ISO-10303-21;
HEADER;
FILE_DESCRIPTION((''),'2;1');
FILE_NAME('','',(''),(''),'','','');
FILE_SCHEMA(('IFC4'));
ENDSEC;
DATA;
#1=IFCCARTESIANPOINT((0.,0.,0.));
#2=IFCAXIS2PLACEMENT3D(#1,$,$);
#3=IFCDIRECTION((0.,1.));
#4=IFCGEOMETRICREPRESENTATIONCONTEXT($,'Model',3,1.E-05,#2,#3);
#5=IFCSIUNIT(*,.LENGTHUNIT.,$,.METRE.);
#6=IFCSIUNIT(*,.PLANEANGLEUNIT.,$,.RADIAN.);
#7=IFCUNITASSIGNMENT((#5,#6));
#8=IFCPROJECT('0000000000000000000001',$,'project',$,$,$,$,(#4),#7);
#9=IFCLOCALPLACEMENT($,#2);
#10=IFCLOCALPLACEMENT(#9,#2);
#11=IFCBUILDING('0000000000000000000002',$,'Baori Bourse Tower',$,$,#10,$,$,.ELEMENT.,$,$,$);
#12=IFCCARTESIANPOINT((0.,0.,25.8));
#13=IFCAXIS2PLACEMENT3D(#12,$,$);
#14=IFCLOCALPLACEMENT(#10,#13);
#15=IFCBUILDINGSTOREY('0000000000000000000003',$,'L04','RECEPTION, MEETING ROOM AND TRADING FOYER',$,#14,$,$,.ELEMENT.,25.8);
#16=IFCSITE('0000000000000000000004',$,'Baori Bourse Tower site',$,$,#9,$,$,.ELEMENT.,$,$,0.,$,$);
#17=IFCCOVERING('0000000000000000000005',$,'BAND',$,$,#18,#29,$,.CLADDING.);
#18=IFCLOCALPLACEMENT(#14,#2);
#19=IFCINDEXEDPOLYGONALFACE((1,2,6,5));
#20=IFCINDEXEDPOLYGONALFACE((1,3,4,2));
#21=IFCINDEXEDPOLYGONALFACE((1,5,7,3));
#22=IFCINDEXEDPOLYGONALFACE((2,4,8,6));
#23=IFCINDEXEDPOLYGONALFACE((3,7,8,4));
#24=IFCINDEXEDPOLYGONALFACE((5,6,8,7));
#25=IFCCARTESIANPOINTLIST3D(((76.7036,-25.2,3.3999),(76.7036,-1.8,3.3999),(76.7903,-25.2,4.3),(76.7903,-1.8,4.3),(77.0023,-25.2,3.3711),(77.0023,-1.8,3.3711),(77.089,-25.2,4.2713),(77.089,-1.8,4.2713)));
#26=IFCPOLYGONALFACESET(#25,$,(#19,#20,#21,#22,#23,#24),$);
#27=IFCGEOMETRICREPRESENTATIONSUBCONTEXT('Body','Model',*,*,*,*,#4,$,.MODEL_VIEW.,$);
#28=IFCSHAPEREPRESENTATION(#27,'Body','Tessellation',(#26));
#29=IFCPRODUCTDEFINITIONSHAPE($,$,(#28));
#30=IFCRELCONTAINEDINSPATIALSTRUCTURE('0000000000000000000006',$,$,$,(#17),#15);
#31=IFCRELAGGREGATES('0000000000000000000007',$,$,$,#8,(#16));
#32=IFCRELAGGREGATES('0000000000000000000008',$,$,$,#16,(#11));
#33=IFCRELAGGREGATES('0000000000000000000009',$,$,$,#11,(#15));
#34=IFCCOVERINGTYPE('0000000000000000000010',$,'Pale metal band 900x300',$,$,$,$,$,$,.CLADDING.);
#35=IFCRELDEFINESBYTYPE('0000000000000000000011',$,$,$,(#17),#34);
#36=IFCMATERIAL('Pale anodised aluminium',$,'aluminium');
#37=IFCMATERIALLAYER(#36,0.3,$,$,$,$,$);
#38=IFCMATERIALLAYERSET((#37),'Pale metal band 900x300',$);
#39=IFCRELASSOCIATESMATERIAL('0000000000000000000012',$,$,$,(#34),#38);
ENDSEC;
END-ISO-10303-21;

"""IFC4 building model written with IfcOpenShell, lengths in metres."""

from ifc_helpers import new_model, si_unit, direction, frame, origin, place, context, subcontext, project, spatial, polyline, outline, extrude, material, layer, layer_set, type_object, element, save


model = new_model("IFC4")

# Units and contexts
model_context = context("Model", 3, precision=1e-05, world=origin(), true_north=direction((0.0, 1.0)))
body_context = subcontext(model_context, "Body", "Model", "MODEL_VIEW")
ifc_project = project(units=[si_unit("LENGTHUNIT", "METRE"), si_unit("PLANEANGLEUNIT", "RADIAN")], contexts=[model_context])

# Site, building, storey
site_placement = place(None, origin())
site = spatial("IfcSite", under=ifc_project, at=site_placement, Name="Baori Bourse Tower site", CompositionType="ELEMENT", RefElevation=0.0)
building_placement = place(site_placement, origin())
building = spatial("IfcBuilding", under=site, at=building_placement, Name="Baori Bourse Tower", CompositionType="ELEMENT")
storey_placement = place(building_placement, frame((0.0, 0.0, 25.8)))
storey = spatial("IfcBuildingStorey", under=building, at=storey_placement, Name="L04", Description="RECEPTION, MEETING ROOM AND TRADING FOYER", CompositionType="ELEMENT", Elevation=25.8)

# Covering
ifc_material_1 = material(Name="Pale anodised aluminium", Category="aluminium")
ifc_layer_1 = layer(ifc_material_1, 0.3)
ifc_layer_set_1 = layer_set([ifc_layer_1], Name="Pale metal band 900x300")
covering_type = type_object("IfcCoveringType", Name="Pale metal band 900x300", PredefinedType="CLADDING", material=ifc_layer_set_1)
covering_placement = place(storey_placement, frame((76.7036, -25.2, 3.3999), z_axis=(-0.995397, 0.0, 0.095841), x_axis=(0.0, 1.0, 0.0)))
element("IfcCovering", 1, at=covering_placement, inside=storey, type_object=covering_type, Name="BAND", PredefinedType="CLADDING", context=body_context, shape_type="SweptSolid", body=[
    extrude(outline(polyline([(0.0, 0.0), (23.3999, 0.0), (23.3999, -0.9043), (0.0, -0.9043), (0.0, 0.0)])), origin(), (0.0, 0.0, -1.0), 0.3),
])

save(model, "model.ifc")
